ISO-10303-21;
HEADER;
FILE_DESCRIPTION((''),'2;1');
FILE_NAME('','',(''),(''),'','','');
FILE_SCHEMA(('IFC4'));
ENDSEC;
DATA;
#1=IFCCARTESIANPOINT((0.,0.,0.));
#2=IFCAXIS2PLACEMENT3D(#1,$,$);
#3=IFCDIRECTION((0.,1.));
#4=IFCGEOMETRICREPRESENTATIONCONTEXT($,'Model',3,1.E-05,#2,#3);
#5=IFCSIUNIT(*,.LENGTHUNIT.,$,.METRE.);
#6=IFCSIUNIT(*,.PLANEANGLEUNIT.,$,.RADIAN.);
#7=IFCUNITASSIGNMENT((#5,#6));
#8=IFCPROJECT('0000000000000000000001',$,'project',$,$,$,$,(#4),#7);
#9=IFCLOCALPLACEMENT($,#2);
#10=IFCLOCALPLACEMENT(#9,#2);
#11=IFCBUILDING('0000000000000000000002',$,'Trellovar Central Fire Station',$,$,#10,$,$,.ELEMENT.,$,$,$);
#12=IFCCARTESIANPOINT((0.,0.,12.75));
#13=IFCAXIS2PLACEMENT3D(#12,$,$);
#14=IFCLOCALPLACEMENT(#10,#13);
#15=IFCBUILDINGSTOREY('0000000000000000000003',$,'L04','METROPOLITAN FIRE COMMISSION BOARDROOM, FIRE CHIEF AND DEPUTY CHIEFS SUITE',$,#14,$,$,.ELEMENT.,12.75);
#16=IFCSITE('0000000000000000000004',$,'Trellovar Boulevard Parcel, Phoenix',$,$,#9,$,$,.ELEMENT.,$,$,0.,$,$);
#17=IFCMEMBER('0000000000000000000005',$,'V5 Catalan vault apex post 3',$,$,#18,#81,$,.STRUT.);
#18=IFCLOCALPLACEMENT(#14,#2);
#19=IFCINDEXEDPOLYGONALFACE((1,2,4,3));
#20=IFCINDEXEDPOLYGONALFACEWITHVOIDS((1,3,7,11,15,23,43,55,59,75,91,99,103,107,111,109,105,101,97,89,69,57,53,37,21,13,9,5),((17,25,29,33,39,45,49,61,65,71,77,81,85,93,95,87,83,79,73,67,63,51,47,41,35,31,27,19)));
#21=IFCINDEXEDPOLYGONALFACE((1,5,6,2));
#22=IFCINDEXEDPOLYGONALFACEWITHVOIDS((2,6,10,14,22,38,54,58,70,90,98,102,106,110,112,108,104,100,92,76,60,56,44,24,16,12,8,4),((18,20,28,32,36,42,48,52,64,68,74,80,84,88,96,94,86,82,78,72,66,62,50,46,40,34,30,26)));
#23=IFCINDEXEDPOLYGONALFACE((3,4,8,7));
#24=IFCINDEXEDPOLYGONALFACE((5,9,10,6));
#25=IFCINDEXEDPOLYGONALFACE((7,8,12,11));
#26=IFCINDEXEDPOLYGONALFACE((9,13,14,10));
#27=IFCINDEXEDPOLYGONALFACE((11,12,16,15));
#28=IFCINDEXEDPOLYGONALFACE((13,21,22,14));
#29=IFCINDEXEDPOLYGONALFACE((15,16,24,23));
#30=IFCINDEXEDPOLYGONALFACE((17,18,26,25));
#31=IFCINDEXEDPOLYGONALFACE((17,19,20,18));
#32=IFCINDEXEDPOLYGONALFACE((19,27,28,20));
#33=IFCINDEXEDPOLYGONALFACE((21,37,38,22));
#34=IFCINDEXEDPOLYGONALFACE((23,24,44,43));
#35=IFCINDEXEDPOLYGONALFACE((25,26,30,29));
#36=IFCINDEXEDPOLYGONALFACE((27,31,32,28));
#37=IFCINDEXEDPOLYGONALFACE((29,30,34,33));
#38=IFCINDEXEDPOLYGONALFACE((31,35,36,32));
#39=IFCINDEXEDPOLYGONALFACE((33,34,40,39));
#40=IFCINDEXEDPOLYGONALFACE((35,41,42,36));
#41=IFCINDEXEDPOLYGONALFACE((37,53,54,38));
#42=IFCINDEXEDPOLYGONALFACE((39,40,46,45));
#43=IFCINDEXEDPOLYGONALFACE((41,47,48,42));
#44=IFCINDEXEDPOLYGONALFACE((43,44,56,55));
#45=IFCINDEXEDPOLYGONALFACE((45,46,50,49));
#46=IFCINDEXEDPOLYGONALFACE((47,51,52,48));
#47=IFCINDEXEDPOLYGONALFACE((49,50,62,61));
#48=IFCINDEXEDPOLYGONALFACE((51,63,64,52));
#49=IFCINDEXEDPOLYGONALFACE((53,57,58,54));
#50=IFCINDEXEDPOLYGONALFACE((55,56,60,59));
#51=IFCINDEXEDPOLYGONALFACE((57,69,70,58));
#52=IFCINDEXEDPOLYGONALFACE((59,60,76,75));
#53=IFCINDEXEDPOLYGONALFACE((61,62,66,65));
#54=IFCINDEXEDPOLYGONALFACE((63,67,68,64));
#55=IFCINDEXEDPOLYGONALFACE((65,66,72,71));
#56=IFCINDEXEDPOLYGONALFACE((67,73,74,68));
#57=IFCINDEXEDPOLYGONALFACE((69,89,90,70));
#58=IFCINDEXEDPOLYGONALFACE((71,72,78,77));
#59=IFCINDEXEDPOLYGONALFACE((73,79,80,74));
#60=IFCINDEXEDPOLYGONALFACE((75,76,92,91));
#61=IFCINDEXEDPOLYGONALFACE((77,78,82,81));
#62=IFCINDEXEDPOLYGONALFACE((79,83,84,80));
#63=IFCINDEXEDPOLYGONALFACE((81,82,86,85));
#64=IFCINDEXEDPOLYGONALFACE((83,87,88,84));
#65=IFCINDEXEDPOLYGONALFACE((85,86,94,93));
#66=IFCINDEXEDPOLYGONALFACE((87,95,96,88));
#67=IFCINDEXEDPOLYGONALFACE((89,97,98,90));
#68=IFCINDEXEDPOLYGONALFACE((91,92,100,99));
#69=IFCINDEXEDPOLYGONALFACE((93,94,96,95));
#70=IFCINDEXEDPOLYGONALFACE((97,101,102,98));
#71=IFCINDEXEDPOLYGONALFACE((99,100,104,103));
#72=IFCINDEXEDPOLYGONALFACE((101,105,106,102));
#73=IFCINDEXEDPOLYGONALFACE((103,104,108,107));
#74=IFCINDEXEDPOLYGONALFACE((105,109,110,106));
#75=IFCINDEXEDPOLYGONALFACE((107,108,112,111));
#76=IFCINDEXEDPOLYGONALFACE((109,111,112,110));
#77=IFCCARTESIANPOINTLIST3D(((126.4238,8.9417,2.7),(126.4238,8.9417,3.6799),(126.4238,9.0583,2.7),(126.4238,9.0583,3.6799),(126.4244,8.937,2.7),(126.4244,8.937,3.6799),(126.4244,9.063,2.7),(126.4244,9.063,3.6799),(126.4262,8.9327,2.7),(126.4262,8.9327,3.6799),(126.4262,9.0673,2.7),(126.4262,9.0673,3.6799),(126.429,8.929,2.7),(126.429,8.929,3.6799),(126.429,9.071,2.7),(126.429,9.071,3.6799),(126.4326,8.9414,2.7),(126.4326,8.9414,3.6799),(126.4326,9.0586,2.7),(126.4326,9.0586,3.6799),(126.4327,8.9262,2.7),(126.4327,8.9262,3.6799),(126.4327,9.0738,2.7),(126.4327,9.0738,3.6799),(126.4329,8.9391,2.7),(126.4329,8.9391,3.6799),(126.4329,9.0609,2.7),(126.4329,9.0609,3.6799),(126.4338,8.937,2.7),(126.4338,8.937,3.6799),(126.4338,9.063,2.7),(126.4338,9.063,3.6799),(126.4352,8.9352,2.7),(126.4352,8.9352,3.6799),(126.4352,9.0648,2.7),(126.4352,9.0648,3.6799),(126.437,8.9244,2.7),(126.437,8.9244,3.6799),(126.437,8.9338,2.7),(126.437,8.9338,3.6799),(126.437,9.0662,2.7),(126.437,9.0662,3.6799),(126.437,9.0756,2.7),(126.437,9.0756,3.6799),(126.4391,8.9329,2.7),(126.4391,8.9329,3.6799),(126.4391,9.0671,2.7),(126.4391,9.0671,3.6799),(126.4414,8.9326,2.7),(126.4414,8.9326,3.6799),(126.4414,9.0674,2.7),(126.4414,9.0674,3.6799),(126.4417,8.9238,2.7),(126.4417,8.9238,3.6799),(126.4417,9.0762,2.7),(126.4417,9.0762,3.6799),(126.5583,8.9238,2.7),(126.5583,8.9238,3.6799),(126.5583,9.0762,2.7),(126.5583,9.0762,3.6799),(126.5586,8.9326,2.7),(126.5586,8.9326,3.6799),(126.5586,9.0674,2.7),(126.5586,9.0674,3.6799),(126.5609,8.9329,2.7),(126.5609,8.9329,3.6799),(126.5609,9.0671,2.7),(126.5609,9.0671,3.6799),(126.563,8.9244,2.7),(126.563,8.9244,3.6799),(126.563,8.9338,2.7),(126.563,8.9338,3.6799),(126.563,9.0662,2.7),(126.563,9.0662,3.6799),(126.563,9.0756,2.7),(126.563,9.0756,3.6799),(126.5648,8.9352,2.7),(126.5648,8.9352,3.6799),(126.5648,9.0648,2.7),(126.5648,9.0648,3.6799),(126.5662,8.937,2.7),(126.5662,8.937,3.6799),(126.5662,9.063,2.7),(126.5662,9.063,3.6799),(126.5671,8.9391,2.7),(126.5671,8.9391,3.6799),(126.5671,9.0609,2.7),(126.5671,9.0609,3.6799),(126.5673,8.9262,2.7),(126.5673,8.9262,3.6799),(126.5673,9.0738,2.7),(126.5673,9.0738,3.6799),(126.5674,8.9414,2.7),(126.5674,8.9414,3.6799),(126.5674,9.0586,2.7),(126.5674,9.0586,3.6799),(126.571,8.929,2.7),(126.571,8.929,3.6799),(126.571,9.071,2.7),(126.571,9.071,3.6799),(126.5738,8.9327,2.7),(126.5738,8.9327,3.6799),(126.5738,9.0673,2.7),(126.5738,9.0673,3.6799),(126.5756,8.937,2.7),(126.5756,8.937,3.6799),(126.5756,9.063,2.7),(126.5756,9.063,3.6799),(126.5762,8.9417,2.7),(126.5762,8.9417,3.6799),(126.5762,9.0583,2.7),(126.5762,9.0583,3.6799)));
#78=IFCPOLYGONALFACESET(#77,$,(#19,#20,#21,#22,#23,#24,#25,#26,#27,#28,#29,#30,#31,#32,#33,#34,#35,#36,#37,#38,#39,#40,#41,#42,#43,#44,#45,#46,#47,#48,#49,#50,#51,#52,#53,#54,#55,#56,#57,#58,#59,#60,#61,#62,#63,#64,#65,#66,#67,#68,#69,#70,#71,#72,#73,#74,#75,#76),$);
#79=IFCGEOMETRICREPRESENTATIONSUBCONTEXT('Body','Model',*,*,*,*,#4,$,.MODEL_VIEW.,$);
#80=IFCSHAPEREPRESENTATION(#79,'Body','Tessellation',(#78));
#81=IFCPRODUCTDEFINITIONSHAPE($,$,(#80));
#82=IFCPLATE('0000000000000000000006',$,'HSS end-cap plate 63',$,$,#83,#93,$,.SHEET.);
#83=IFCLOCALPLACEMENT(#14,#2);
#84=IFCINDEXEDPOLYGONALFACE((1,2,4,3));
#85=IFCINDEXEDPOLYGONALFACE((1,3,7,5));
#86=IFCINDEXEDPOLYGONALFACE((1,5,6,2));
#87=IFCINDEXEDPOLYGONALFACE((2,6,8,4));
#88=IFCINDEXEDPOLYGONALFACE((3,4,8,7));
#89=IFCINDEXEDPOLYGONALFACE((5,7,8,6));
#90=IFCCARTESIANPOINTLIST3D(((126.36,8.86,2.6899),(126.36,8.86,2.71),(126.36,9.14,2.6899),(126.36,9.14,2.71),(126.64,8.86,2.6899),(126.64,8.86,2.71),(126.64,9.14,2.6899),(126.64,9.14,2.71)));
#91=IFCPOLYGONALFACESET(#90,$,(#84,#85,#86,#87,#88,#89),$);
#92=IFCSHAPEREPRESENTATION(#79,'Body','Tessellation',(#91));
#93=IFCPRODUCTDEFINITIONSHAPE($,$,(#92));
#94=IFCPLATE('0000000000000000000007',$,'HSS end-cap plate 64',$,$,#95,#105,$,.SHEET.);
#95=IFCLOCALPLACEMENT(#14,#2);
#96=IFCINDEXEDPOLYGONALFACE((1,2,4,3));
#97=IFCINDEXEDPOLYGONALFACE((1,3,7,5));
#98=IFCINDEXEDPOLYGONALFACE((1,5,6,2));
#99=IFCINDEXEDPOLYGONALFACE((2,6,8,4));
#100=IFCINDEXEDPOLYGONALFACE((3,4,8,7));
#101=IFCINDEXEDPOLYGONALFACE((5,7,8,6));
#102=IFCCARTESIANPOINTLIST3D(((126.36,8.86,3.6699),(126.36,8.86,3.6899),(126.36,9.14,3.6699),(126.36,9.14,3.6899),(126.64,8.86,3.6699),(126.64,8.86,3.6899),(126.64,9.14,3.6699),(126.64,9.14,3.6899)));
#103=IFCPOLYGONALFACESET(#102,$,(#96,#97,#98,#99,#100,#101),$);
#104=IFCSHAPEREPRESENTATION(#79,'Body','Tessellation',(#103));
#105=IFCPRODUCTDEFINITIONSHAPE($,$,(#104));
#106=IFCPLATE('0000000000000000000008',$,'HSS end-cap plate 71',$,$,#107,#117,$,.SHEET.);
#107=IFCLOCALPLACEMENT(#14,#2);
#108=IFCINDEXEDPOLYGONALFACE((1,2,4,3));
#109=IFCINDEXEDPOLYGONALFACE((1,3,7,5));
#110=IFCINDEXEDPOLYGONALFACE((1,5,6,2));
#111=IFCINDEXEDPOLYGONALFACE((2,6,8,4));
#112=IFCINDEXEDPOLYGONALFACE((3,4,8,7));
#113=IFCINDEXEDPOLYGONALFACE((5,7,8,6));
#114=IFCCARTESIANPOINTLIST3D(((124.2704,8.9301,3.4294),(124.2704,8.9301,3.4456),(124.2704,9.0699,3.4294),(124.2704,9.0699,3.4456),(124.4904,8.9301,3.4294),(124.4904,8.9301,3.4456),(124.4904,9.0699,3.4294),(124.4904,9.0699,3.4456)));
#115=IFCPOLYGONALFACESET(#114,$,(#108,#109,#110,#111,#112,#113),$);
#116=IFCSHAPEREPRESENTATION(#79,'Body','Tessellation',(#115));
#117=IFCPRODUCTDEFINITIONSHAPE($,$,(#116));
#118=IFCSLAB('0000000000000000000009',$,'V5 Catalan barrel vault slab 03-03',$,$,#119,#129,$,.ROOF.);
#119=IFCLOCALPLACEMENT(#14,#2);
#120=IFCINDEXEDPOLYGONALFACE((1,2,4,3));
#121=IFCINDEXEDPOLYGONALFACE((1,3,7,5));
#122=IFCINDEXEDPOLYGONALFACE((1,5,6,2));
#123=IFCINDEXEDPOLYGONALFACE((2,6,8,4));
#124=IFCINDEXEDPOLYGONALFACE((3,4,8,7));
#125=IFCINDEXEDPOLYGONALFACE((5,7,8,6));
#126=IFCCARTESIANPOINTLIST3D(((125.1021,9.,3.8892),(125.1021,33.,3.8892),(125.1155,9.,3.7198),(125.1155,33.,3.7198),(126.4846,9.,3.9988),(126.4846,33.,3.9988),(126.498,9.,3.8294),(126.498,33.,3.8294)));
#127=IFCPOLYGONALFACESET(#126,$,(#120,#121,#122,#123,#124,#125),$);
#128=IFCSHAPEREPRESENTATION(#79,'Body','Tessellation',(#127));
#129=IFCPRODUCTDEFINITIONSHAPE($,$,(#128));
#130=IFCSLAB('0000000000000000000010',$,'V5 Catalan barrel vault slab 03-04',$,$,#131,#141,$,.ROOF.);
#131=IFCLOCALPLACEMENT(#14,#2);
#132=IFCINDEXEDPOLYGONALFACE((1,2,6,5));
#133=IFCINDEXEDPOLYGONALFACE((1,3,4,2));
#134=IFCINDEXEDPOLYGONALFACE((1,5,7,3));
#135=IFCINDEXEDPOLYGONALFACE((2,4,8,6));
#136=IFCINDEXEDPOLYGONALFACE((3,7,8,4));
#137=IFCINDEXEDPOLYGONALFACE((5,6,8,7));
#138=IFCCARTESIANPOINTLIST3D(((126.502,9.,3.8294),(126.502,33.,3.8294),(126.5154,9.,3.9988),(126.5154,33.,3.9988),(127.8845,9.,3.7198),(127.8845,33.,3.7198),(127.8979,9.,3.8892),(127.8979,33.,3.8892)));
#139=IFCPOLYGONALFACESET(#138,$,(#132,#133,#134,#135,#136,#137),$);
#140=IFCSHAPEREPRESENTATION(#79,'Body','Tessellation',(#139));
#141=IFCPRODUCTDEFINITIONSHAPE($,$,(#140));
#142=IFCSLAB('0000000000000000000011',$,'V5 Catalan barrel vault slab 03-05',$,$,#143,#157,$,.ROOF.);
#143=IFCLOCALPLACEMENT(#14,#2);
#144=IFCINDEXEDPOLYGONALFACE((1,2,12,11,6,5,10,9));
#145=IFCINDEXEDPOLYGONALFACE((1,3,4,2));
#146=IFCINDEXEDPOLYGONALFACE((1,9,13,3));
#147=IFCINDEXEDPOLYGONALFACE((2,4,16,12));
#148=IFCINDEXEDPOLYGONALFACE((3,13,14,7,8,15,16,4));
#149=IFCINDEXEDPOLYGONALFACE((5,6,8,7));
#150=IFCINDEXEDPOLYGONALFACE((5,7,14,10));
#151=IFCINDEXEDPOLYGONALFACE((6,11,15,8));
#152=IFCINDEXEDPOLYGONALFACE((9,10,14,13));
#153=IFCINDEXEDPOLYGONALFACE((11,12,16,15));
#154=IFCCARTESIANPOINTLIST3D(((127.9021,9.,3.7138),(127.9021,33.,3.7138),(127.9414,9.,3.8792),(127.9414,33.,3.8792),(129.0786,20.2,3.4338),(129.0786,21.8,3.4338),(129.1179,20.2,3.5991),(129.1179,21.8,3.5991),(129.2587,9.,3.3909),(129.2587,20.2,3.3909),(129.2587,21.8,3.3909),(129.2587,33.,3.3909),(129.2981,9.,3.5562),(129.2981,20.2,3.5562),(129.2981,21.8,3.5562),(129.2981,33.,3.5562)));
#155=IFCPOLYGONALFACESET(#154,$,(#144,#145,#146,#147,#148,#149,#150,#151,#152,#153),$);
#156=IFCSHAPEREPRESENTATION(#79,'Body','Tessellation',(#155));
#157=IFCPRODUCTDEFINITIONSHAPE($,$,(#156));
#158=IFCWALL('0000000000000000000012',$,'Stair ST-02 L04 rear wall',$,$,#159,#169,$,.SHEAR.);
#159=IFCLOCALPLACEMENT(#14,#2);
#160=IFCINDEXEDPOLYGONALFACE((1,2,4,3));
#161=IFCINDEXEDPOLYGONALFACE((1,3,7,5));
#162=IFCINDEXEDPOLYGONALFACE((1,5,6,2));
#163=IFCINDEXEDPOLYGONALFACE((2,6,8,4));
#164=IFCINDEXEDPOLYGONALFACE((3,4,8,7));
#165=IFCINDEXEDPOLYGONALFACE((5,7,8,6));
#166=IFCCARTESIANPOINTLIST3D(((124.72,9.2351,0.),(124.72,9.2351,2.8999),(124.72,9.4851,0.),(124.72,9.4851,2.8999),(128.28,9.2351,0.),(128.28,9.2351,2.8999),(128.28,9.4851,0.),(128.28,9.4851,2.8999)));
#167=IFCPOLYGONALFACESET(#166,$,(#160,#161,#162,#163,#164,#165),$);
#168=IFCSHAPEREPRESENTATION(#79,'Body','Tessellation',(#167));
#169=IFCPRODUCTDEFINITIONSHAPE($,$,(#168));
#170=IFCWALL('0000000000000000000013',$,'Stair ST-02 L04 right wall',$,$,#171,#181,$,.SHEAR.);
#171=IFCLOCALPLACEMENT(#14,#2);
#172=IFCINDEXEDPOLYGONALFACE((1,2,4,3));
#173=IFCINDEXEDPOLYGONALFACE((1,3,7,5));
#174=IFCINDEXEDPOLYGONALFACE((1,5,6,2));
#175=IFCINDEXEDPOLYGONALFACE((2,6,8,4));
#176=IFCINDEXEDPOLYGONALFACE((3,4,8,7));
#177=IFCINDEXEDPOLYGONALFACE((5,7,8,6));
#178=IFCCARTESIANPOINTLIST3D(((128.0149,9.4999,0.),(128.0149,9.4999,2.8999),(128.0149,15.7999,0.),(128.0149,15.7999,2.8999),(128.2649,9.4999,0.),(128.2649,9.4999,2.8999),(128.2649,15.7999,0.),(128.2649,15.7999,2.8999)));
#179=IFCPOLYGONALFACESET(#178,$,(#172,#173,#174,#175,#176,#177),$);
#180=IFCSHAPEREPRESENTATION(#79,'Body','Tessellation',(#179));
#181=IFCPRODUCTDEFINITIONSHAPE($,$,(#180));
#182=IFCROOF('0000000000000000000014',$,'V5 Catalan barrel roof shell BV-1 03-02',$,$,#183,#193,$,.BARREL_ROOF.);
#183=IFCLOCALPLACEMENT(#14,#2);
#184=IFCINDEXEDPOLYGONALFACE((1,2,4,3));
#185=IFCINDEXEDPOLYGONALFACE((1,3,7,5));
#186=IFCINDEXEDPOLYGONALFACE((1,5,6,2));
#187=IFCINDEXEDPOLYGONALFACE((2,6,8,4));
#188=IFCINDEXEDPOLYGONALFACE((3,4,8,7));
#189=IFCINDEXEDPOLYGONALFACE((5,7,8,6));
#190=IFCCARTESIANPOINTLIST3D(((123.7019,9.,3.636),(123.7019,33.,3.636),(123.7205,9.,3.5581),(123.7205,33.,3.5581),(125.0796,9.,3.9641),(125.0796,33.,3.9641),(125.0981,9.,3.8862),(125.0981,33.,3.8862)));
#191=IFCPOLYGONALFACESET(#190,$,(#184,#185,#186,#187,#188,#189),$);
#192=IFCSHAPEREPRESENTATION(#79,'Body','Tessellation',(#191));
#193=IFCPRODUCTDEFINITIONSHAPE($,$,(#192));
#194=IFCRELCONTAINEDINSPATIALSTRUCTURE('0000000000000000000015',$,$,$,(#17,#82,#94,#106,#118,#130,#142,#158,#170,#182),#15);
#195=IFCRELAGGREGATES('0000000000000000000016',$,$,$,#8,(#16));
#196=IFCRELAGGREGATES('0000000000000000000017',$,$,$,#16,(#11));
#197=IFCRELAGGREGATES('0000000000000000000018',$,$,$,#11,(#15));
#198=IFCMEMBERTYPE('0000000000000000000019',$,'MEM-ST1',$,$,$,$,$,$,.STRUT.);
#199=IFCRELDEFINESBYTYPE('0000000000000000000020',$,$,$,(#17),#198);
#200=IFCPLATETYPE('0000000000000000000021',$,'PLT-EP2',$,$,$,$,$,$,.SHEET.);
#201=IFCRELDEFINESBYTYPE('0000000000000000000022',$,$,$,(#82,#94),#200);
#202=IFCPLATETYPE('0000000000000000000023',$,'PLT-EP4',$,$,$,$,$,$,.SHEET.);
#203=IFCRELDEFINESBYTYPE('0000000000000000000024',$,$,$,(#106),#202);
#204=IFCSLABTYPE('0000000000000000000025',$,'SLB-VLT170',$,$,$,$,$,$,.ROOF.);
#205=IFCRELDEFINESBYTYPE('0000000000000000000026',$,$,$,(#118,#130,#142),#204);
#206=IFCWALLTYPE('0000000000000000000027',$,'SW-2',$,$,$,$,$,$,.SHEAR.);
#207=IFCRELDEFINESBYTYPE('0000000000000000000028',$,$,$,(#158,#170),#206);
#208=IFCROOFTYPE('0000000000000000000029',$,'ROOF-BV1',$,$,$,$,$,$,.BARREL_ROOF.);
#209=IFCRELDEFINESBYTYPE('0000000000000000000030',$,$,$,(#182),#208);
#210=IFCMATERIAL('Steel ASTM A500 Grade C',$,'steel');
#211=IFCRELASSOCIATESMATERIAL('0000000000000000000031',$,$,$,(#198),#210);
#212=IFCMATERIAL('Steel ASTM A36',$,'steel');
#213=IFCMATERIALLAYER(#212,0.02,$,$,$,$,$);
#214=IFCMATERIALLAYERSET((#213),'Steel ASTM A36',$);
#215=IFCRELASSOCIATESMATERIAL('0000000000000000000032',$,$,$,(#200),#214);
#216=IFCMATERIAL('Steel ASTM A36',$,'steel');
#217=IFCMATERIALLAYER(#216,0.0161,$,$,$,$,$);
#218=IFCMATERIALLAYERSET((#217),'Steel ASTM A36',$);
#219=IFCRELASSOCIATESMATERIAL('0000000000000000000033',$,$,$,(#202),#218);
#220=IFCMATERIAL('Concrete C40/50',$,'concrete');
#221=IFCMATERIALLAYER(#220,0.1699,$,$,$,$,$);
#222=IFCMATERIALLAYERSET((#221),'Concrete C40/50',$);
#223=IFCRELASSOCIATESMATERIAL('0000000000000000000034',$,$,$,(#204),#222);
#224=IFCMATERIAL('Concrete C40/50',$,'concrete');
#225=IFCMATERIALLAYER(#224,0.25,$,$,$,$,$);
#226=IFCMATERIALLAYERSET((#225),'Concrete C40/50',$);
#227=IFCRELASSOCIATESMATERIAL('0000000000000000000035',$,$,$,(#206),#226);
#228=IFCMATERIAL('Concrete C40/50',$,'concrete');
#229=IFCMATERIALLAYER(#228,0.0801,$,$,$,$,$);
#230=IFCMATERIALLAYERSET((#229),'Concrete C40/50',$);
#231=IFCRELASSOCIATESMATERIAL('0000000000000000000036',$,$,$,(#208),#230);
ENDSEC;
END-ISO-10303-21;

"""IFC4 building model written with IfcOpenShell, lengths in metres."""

from ifc_helpers import new_model, si_unit, direction, frame, frame_2d, origin, origin_2d, place, context, subcontext, project, spatial, polyline, rectangle, hollow_rectangle, outline, extrude, material, layer, layer_set, material_profile, profile_set, type_object, element, save


model = new_model("IFC4")

# Units and contexts
model_context = context("Model", 3, precision=1e-05, world=origin(), true_north=direction((0.0, 1.0)))
body_context = subcontext(model_context, "Body", "Model", "MODEL_VIEW")
ifc_project = project(units=[si_unit("LENGTHUNIT", "METRE"), si_unit("PLANEANGLEUNIT", "RADIAN")], contexts=[model_context])

# Site, building, storey
site_placement = place(None, origin())
site = spatial("IfcSite", under=ifc_project, at=site_placement, Name="Trellovar Boulevard Parcel, Phoenix", CompositionType="ELEMENT", RefElevation=0.0)
building_placement = place(site_placement, origin())
building = spatial("IfcBuilding", under=site, at=building_placement, Name="Trellovar Central Fire Station", CompositionType="ELEMENT")
storey_placement = place(building_placement, frame((0.0, 0.0, 12.75)))
storey = spatial("IfcBuildingStorey", under=building, at=storey_placement, Name="L04", Description="METROPOLITAN FIRE COMMISSION BOARDROOM, FIRE CHIEF AND DEPUTY CHIEFS SUITE", CompositionType="ELEMENT", Elevation=12.75)

# Member
ifc_material_1 = material(Name="Steel ASTM A500 Grade C", Category="steel")
ifc_material_profile_1 = material_profile(ifc_material_1, hollow_rectangle(XDim=0.1523, YDim=0.1523, WallThickness=0.0088, InnerFilletRadius=0.0088, OuterFilletRadius=0.0178, at=origin_2d()), Name="HSS6X6X3/8")
ifc_profile_set_1 = profile_set([ifc_material_profile_1], Name="Steel ASTM A500 Grade C")
member_type_1 = type_object("IfcMemberType", Name="MEM-ST1", PredefinedType="STRUT", material=ifc_profile_set_1)
member_1_placement = place(storey_placement, frame((126.5, 9.0, 2.7), z_axis=(0.0, 0.0, 1.0), x_axis=(1.0, 0.0, 0.0)))
element("IfcMember", 1, at=member_1_placement, inside=storey, type_object=member_type_1, Name="V5 Catalan vault apex post 3", PredefinedType="STRUT", context=body_context, shape_type="SweptSolid", body=[
    extrude(hollow_rectangle(XDim=0.1523, YDim=0.1523, WallThickness=0.0088, InnerFilletRadius=0.0088, OuterFilletRadius=0.0178, at=origin_2d()), origin(), (0.0, 0.0, 1.0), 0.98),
])

# Plates
ifc_material_2 = material(Name="Steel ASTM A36", Category="steel")
ifc_layer_1 = layer(ifc_material_2, 0.02)
ifc_layer_set_1 = layer_set([ifc_layer_1], Name="Steel ASTM A36")
plate_type_1 = type_object("IfcPlateType", Name="PLT-EP2", PredefinedType="SHEET", material=ifc_layer_set_1)
for number, where, z_axis, x_axis, name in (
    (2, (126.5, 9.0, 2.6899), (0.0, 0.0, 1.0), (1.0, 0.0, 0.0), "HSS end-cap plate 63"),
    (3, (126.5, 9.0, 3.6699), (0.0, 0.0, 1.0), (1.0, 0.0, 0.0), "HSS end-cap plate 64"),
):
    element("IfcPlate", number, at=place(storey_placement, frame(where, z_axis=z_axis, x_axis=x_axis)), inside=storey, type_object=plate_type_1, Name=name, PredefinedType="SHEET", context=body_context, shape_type="SweptSolid", body=[
        extrude(rectangle(XDim=0.28, YDim=0.28, at=origin_2d()), origin(), (0.0, 0.0, 1.0), 0.02),
    ])
ifc_material_3 = material(Name="Steel ASTM A36", Category="steel")
ifc_layer_2 = layer(ifc_material_3, 0.0161)
ifc_layer_set_2 = layer_set([ifc_layer_2], Name="Steel ASTM A36")
plate_type_2 = type_object("IfcPlateType", Name="PLT-EP4", PredefinedType="SHEET", material=ifc_layer_set_2)
plate_placement = place(storey_placement, frame((124.3804, 9.0, 3.4294), z_axis=(0.0, 0.0, 1.0), x_axis=(1.0, 0.0, 0.0)))
element("IfcPlate", 4, at=plate_placement, inside=storey, type_object=plate_type_2, Name="HSS end-cap plate 71", PredefinedType="SHEET", context=body_context, shape_type="SweptSolid", body=[
    extrude(rectangle(XDim=0.22, YDim=0.1399, at=origin_2d()), origin(), (0.0, 0.0, 1.0), 0.0161),
])

# Slabs
ifc_material_4 = material(Name="Concrete C40/50", Category="concrete")
ifc_layer_3 = layer(ifc_material_4, 0.1699)
ifc_layer_set_3 = layer_set([ifc_layer_3], Name="Concrete C40/50")
slab_type = type_object("IfcSlabType", Name="SLB-VLT170", PredefinedType="ROOF", material=ifc_layer_set_3)
for number, where, z_axis, x_axis, name in (
    (5, (125.1021, 9.0, 3.8892), (-0.079039, 0.0, 0.996872), (0.996872, 0.0, 0.079039), "V5 Catalan barrel vault slab 03-03"),
    (6, (126.5154, 9.0, 3.9988), (0.079039, 0.0, 0.996872), (0.996872, 0.0, -0.079039), "V5 Catalan barrel vault slab 03-04"),
):
    element("IfcSlab", number, at=place(storey_placement, frame(where, z_axis=z_axis, x_axis=x_axis)), inside=storey, type_object=slab_type, Name=name, PredefinedType="ROOF", context=body_context, shape_type="SweptSolid", body=[
        extrude(outline(polyline([(0.0, 0.0), (1.3869, 0.0), (1.3869, 24.0), (0.0, 24.0), (0.0, 0.0)])), origin(), (0.0, 0.0, -1.0), 0.1699),
    ])
slab_placement = place(storey_placement, frame((127.9414, 9.0, 3.8792), z_axis=(0.231601, 0.0, 0.972811), x_axis=(0.972811, 0.0, -0.231601)))
element("IfcSlab", 7, at=slab_placement, inside=storey, type_object=slab_type, Name="V5 Catalan barrel vault slab 03-05", PredefinedType="ROOF", context=body_context, shape_type="SweptSolid", body=[
    extrude(outline(polyline([(0.0, 0.0), (1.3946, 0.0), (1.3946, 11.2), (1.2094, 11.2), (1.2094, 12.8), (1.3946, 12.8), (1.3946, 24.0), (0.0, 24.0), (0.0, 0.0)])), origin(), (0.0, 0.0, -1.0), 0.1699),
])

# Walls
ifc_material_5 = material(Name="Concrete C40/50", Category="concrete")
ifc_layer_4 = layer(ifc_material_5, 0.25)
ifc_layer_set_4 = layer_set([ifc_layer_4], Name="Concrete C40/50")
wall_type = type_object("IfcWallType", Name="SW-2", PredefinedType="SHEAR", material=ifc_layer_set_4)
wall_1_placement = place(storey_placement, frame((128.28, 9.3601, 0.0), z_axis=(0.0, 0.0, 1.0), x_axis=(-1.0, 0.0, 0.0)))
element("IfcWall", 8, at=wall_1_placement, inside=storey, type_object=wall_type, Name="Stair ST-02 L04 rear wall", PredefinedType="SHEAR", context=body_context, shape_type="SweptSolid", body=[
    extrude(rectangle(XDim=3.5601, YDim=0.25, at=frame_2d((1.78, 0.0))), origin(), (0.0, 0.0, 1.0), 2.8999),
])
wall_2_placement = place(storey_placement, frame((128.1399, 9.5, 0.0), z_axis=(0.0, 0.0, 1.0), x_axis=(0.0, 1.0, 0.0)))
element("IfcWall", 9, at=wall_2_placement, inside=storey, type_object=wall_type, Name="Stair ST-02 L04 right wall", PredefinedType="SHEAR", context=body_context, shape_type="SweptSolid", body=[
    extrude(rectangle(XDim=6.3, YDim=0.25, at=frame_2d((3.1499, 0.0))), origin(), (0.0, 0.0, 1.0), 2.8999),
])

# Roof
ifc_material_6 = material(Name="Concrete C40/50", Category="concrete")
ifc_layer_5 = layer(ifc_material_6, 0.0801)
ifc_layer_set_5 = layer_set([ifc_layer_5], Name="Concrete C40/50")
roof_type = type_object("IfcRoofType", Name="ROOF-BV1", PredefinedType="BARREL_ROOF", material=ifc_layer_set_5)
for number, where, z_axis, x_axis, name in (
    (10, (123.7019, 9.0, 3.636), (-0.23169, 0.0, 0.97279), (0.97279, 0.0, 0.23169), "V5 Catalan barrel roof shell BV-1 03-02"),
):
    element("IfcRoof", number, at=place(storey_placement, frame(where, z_axis=z_axis, x_axis=x_axis)), inside=storey, type_object=roof_type, Name=name, PredefinedType="BARREL_ROOF", context=body_context, shape_type="SweptSolid", body=[
        extrude(outline(polyline([(0.0, 0.0), (1.4162, 0.0), (1.4162, 24.0), (0.0, 24.0), (0.0, 0.0)])), origin(), (0.0, 0.0, -1.0), 0.0801),
    ])

save(model, "model.ifc")
